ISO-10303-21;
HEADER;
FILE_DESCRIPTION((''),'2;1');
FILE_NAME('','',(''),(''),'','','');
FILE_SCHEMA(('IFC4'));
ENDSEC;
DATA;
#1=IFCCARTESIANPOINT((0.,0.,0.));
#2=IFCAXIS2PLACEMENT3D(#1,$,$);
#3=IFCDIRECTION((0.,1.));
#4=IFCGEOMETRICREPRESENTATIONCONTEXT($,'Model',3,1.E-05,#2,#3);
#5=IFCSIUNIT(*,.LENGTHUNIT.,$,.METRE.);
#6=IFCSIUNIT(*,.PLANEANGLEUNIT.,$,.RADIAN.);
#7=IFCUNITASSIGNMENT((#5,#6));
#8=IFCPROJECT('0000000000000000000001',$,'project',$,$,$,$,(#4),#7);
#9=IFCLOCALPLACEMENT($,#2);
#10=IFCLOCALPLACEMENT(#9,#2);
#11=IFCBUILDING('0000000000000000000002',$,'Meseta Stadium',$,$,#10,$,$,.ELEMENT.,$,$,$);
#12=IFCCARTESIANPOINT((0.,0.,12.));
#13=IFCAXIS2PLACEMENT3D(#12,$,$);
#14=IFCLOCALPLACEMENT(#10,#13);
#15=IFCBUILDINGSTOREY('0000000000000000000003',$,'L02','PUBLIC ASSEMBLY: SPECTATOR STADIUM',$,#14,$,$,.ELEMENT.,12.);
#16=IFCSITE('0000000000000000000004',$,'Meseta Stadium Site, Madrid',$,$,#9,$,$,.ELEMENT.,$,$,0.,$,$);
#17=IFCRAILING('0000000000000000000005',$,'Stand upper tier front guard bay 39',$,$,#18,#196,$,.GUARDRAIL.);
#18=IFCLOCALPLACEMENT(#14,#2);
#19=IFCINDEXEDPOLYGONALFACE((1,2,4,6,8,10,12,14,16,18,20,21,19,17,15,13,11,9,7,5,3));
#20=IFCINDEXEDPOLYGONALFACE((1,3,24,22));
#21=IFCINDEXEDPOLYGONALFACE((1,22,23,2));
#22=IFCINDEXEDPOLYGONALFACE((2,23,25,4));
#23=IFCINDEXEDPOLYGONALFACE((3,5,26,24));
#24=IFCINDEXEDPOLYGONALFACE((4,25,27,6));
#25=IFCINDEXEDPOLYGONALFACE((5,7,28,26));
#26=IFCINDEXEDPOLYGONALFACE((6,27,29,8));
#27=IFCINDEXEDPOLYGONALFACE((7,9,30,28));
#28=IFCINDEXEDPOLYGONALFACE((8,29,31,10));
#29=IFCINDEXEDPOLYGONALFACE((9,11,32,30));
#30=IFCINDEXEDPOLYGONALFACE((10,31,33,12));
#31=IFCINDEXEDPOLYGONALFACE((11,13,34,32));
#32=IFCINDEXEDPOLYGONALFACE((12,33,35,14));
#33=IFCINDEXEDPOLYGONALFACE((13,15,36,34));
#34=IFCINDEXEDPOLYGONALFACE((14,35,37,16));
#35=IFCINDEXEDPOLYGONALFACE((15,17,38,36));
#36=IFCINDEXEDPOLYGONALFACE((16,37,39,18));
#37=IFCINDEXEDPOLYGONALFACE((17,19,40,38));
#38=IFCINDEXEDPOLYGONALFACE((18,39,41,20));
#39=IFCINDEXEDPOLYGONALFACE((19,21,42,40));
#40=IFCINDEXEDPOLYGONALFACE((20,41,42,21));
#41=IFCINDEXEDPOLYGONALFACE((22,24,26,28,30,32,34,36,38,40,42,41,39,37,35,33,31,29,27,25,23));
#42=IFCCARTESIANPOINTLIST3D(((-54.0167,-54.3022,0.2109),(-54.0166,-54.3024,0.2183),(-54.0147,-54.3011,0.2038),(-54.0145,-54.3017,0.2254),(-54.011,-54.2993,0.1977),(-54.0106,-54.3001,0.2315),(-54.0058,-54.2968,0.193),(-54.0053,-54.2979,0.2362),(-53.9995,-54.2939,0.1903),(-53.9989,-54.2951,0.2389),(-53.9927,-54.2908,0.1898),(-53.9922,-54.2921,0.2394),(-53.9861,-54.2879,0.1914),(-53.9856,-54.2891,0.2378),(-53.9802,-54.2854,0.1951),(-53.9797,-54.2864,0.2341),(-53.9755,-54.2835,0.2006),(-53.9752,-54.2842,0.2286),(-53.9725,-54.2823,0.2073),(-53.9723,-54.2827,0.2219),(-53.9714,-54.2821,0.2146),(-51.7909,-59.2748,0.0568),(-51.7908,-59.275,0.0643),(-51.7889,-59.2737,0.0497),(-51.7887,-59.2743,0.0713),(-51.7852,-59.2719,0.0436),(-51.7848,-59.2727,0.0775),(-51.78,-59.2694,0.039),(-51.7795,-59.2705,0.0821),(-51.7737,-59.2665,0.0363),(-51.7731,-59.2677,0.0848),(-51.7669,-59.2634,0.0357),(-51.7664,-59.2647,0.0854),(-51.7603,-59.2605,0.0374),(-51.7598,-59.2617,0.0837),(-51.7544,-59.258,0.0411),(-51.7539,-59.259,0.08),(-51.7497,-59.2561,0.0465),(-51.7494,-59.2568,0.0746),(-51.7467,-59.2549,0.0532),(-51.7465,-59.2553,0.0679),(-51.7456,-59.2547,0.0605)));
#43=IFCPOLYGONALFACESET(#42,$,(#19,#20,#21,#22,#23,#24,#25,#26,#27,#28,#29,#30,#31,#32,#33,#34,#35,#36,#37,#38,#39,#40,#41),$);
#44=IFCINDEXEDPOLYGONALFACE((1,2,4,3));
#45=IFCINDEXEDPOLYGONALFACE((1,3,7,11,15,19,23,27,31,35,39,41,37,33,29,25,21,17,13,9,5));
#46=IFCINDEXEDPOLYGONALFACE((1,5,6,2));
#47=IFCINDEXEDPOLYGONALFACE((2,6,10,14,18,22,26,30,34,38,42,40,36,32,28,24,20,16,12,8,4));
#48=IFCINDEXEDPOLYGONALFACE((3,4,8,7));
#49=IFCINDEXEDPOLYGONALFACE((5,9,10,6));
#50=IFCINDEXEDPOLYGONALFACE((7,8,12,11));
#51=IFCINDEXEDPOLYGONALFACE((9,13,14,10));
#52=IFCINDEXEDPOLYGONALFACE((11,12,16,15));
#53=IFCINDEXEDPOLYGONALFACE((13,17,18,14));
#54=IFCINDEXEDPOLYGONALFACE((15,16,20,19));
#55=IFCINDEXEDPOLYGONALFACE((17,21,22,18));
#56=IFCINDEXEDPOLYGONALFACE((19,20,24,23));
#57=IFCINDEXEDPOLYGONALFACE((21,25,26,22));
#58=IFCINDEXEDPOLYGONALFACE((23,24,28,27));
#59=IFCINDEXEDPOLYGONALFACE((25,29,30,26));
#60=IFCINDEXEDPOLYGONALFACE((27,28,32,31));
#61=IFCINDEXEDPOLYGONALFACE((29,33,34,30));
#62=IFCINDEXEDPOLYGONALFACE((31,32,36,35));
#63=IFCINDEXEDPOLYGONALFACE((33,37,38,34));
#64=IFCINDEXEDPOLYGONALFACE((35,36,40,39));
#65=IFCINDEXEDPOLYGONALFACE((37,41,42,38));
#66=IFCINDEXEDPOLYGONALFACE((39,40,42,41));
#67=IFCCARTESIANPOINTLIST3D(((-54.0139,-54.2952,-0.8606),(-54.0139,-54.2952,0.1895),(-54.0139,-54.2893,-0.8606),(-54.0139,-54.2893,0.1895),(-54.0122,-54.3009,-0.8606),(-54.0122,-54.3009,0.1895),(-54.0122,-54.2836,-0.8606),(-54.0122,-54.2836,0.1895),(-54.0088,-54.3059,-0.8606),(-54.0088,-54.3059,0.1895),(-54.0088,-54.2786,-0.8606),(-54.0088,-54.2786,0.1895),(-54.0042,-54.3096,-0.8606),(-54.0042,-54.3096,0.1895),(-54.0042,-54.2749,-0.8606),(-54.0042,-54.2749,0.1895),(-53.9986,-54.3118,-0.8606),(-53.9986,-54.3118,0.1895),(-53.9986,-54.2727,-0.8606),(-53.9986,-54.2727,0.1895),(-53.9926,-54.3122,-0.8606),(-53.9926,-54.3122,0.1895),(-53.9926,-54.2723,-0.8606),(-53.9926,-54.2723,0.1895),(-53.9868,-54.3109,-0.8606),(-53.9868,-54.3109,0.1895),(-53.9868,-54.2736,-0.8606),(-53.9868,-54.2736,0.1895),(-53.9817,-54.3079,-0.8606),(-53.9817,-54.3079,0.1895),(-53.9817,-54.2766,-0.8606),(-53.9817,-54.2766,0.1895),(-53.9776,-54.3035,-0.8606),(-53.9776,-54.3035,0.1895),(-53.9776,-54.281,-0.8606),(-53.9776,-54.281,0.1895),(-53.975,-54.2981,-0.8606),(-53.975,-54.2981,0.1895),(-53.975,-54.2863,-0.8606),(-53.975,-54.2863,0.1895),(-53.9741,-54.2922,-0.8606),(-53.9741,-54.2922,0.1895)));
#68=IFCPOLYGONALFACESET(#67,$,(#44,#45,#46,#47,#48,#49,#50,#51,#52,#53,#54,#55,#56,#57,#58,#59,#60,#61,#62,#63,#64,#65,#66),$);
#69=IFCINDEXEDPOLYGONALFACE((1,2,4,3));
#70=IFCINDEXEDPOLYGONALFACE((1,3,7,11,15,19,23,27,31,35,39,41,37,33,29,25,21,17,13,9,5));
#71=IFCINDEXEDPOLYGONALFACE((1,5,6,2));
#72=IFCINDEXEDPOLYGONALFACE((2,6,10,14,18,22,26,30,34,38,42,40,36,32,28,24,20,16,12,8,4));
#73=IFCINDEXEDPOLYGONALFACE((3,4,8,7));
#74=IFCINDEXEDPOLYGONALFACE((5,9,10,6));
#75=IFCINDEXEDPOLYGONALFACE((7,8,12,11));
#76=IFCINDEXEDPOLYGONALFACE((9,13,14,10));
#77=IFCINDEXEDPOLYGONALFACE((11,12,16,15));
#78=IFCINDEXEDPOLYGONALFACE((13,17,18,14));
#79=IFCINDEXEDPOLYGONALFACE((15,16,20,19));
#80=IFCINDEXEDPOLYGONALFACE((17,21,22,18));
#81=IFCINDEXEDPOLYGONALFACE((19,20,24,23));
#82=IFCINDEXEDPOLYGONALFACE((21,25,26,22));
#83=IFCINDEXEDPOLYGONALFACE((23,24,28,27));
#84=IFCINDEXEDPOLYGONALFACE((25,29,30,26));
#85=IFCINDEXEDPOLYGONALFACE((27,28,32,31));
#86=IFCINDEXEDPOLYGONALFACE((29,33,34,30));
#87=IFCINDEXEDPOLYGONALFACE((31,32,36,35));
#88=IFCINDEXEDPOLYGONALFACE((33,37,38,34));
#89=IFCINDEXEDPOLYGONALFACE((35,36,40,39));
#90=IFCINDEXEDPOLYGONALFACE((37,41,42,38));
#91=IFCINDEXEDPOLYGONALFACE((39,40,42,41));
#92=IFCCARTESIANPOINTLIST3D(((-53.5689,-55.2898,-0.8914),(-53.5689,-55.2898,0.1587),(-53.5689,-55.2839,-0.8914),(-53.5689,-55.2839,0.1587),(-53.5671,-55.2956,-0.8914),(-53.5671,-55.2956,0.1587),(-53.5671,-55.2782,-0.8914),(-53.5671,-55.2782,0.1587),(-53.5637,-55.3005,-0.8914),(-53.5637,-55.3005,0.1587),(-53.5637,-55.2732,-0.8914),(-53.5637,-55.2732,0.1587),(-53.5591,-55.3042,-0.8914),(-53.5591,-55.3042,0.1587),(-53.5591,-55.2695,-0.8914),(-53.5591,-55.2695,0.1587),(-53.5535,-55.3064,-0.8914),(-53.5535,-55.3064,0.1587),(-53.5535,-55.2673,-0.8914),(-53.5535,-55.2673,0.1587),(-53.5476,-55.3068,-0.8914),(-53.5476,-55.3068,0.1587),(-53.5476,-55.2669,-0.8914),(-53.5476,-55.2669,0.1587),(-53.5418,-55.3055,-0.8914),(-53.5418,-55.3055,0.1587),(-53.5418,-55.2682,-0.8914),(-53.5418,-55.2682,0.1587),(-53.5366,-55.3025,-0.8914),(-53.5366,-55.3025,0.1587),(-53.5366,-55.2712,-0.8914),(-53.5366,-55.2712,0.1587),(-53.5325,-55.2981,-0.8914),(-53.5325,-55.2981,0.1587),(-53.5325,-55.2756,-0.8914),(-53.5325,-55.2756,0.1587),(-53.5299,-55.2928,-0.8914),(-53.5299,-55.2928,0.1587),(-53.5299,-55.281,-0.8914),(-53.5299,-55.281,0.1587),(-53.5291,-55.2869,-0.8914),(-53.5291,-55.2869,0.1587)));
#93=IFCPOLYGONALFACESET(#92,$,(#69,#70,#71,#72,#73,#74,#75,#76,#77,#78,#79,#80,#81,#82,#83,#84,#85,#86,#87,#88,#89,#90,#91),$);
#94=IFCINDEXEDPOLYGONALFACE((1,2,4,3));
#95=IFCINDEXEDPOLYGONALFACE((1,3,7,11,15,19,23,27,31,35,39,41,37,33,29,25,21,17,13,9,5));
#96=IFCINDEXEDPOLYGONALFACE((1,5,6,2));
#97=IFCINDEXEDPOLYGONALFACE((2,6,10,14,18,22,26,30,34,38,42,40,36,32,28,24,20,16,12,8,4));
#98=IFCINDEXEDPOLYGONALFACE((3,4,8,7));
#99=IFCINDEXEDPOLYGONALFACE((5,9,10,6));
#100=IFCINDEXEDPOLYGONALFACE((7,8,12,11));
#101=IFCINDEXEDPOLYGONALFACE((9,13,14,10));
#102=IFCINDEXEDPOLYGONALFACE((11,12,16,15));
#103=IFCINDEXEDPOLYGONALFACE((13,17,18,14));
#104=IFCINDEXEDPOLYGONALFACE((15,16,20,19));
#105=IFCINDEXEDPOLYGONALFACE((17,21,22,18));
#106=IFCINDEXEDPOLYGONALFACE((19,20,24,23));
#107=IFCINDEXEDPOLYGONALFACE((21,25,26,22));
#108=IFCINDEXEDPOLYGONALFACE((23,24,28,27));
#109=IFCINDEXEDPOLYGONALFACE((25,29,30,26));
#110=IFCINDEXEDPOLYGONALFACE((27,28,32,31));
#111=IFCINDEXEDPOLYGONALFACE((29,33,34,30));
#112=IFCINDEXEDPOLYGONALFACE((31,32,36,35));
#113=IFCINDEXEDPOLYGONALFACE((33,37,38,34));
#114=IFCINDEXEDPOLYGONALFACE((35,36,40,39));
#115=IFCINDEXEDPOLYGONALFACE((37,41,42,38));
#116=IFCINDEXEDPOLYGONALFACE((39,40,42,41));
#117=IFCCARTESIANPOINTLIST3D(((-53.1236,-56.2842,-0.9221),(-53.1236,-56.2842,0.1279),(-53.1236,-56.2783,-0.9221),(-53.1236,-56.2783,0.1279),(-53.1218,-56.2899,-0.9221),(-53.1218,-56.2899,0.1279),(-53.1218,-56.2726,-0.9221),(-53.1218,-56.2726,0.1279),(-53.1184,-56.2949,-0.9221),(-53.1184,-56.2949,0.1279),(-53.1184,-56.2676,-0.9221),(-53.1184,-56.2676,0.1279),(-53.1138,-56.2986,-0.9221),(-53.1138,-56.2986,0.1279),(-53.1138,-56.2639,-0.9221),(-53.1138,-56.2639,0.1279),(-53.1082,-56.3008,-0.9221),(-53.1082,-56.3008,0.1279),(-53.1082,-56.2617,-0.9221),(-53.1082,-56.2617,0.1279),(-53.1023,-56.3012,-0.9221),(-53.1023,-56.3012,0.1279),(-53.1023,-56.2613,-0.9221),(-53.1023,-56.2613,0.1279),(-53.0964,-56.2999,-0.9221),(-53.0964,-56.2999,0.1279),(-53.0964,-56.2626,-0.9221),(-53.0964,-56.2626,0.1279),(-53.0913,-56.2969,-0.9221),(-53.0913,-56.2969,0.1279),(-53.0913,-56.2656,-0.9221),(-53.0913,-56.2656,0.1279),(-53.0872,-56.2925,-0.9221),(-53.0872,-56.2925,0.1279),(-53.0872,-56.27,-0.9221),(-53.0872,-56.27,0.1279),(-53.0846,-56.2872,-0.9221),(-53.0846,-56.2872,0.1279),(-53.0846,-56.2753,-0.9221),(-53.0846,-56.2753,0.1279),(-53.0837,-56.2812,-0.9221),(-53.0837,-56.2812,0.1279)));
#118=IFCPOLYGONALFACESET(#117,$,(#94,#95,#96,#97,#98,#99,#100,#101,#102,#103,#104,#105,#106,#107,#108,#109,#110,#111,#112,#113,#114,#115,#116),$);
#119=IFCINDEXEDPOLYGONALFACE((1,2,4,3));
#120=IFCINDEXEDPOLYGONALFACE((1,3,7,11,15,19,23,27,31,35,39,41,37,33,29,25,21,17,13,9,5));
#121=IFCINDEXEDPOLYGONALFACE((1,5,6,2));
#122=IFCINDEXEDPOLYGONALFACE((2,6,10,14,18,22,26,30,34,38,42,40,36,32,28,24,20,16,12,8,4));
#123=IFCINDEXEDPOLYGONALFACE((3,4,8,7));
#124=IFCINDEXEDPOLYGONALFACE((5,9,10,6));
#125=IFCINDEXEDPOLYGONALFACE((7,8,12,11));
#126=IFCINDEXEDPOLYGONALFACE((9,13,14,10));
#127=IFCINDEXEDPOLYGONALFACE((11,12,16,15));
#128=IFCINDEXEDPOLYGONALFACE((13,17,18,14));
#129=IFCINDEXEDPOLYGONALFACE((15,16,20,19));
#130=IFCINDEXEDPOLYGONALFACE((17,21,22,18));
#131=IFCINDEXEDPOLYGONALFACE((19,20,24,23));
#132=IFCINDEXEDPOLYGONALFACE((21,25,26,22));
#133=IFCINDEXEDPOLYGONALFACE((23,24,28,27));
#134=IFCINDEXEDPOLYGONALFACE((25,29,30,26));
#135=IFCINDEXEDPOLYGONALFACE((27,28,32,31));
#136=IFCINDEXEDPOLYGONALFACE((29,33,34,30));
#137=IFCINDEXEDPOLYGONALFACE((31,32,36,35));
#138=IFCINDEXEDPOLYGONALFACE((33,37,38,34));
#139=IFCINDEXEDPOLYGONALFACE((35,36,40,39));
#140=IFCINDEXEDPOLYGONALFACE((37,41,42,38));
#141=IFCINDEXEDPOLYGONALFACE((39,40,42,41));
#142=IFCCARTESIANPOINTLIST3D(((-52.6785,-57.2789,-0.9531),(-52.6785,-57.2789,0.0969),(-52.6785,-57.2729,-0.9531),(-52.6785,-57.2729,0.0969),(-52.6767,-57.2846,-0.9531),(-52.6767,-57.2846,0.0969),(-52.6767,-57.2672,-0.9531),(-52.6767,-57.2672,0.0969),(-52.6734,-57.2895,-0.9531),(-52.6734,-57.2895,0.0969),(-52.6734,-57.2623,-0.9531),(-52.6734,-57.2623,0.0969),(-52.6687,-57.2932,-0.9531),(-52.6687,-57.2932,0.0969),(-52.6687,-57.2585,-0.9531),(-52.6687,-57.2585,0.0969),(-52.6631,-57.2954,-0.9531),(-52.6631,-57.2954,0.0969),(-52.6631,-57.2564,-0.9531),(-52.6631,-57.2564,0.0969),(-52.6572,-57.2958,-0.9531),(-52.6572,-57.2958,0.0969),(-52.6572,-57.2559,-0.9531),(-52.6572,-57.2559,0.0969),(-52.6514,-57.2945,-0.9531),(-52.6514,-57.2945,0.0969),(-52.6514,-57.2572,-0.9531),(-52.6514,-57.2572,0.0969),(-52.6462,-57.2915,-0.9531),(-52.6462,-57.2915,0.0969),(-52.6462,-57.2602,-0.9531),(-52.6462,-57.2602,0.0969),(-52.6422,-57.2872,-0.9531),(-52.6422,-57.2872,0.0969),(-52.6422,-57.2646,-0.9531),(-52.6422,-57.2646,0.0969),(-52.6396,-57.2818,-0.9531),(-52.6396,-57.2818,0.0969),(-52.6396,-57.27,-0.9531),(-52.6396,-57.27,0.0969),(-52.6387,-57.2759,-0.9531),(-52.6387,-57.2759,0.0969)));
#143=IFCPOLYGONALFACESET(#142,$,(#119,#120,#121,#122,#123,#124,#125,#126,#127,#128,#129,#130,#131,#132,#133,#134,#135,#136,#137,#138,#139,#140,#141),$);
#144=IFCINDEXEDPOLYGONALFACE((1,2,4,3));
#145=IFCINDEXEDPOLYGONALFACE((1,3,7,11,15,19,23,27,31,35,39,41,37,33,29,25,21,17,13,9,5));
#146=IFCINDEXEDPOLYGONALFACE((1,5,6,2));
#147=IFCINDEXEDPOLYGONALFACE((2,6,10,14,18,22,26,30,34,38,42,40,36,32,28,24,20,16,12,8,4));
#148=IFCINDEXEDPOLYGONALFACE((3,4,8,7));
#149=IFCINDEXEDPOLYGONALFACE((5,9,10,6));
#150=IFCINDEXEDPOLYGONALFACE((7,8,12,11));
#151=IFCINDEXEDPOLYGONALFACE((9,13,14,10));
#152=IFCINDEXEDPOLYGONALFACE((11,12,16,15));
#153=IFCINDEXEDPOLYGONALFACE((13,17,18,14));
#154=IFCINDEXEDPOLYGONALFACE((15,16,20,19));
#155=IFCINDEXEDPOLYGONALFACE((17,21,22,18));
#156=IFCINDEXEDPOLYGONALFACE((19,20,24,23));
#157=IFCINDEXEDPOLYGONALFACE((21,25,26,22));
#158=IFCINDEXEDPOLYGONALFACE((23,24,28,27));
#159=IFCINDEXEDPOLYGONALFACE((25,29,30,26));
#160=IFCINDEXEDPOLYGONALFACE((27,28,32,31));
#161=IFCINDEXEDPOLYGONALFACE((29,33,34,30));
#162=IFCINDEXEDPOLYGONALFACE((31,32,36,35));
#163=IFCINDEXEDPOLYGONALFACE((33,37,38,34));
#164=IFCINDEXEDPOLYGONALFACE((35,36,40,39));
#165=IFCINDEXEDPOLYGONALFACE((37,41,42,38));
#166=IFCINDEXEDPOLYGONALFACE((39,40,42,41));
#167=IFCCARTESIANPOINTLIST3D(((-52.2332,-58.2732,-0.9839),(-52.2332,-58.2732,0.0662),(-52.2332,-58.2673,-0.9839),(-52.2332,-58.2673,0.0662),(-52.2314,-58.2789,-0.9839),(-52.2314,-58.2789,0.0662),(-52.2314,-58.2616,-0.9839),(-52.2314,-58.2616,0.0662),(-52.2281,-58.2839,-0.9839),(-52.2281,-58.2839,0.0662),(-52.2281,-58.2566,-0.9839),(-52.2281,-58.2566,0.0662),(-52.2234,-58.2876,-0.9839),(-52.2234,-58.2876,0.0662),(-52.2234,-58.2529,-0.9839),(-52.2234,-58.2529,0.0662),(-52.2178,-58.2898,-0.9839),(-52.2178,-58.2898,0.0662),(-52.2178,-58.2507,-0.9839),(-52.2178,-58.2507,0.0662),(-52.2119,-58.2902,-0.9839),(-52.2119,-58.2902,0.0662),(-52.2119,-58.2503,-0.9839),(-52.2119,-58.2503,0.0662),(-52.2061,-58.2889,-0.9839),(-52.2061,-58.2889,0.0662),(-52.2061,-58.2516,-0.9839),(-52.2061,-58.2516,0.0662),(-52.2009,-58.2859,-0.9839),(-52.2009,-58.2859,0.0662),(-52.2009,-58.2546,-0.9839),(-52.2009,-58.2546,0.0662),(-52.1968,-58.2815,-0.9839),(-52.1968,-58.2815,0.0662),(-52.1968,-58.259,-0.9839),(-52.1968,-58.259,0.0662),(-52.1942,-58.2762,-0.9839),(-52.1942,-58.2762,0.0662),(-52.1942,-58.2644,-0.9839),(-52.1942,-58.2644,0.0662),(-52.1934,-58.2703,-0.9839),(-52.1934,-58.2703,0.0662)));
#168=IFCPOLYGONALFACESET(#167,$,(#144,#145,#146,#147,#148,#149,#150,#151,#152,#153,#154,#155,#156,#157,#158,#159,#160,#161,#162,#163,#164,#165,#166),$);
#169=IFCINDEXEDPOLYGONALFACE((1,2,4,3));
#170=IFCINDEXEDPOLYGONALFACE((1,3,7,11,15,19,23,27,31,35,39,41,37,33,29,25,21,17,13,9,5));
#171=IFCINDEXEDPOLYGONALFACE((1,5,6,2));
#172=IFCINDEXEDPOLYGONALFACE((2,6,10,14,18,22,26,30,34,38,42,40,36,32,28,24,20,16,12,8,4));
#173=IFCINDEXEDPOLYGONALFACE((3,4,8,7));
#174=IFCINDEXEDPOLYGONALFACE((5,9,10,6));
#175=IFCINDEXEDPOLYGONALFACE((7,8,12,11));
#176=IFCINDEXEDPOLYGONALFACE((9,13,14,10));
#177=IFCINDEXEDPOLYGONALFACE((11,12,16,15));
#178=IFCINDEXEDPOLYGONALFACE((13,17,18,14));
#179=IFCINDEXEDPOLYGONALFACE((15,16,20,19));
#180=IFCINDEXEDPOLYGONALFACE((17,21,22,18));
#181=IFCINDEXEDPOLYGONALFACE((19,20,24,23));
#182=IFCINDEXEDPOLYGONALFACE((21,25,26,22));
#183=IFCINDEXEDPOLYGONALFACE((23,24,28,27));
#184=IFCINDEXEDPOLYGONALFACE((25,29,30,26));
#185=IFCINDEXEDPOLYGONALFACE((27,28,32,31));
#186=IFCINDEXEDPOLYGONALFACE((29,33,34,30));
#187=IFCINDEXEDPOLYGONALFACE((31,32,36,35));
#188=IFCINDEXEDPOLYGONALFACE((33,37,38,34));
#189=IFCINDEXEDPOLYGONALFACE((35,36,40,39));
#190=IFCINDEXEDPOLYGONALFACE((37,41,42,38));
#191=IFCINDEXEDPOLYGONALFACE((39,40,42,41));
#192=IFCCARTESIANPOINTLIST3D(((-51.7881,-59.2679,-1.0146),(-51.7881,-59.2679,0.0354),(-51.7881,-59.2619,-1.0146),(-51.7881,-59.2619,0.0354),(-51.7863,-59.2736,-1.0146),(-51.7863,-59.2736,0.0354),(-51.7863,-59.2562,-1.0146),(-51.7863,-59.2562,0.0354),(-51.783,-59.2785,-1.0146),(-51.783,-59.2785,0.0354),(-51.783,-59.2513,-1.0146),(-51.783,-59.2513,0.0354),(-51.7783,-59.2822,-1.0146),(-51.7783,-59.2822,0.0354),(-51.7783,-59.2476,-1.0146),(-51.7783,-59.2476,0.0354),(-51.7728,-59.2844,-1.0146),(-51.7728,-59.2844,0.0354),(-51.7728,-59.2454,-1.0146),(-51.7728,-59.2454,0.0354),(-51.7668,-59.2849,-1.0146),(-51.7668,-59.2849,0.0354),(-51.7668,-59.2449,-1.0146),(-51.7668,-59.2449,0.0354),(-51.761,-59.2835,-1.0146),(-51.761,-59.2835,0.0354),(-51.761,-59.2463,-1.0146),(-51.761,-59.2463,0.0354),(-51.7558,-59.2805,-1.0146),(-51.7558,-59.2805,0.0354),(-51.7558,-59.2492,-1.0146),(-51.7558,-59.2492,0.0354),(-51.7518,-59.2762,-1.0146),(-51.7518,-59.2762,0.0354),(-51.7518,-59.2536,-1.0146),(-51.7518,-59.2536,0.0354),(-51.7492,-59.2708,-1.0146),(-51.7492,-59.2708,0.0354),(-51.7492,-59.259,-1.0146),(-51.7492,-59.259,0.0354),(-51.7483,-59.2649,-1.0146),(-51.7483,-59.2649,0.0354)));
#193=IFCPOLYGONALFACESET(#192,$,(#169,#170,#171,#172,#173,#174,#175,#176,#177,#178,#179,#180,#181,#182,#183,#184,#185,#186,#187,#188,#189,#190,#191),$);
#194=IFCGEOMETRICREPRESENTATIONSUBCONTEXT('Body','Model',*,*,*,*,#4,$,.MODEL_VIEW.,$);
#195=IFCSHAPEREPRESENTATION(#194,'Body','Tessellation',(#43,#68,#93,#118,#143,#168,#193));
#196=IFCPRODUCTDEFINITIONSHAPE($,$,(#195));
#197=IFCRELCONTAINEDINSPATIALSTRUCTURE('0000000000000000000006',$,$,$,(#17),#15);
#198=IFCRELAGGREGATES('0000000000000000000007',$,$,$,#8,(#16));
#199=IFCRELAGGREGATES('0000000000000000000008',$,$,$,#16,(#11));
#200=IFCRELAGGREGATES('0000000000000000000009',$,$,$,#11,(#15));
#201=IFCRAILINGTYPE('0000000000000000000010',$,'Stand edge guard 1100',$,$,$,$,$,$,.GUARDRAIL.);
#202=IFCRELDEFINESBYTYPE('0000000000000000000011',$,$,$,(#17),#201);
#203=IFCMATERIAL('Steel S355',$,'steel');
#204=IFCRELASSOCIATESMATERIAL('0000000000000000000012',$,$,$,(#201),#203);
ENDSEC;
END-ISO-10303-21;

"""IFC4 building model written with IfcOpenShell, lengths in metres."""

from ifc_helpers import new_model, si_unit, direction, frame, origin, origin_2d, place, context, subcontext, project, spatial, circle, extrude, material, type_object, element, save


model = new_model("IFC4")

# Units and contexts
model_context = context("Model", 3, precision=1e-05, world=origin(), true_north=direction((0.0, 1.0)))
body_context = subcontext(model_context, "Body", "Model", "MODEL_VIEW")
ifc_project = project(units=[si_unit("LENGTHUNIT", "METRE"), si_unit("PLANEANGLEUNIT", "RADIAN")], contexts=[model_context])

# Site, building, storey
site_placement = place(None, origin())
site = spatial("IfcSite", under=ifc_project, at=site_placement, Name="Meseta Stadium Site, Madrid", CompositionType="ELEMENT", RefElevation=0.0)
building_placement = place(site_placement, origin())
building = spatial("IfcBuilding", under=site, at=building_placement, Name="Meseta Stadium", CompositionType="ELEMENT")
storey_placement = place(building_placement, frame((0.0, 0.0, 12.0)))
storey = spatial("IfcBuildingStorey", under=building, at=storey_placement, Name="L02", Description="PUBLIC ASSEMBLY: SPECTATOR STADIUM", CompositionType="ELEMENT", Elevation=12.0)

# Railing
ifc_material_1 = material(Name="Steel S355", Category="steel")
railing_type = type_object("IfcRailingType", Name="Stand edge guard 1100", PredefinedType="GUARDRAIL", material=ifc_material_1)
railing_1_placement = place(storey_placement, frame((-53.9941, -54.2922, -0.8606)))
element("IfcRailing", 1, at=railing_1_placement, inside=storey, type_object=railing_type, Name="Stand upper tier front guard bay 39", PredefinedType="GUARDRAIL", context=body_context, shape_type="SweptSolid", body=[
    extrude(circle(Radius=0.0249, at=origin_2d()), frame((0.0, 0.0, 1.0752), z_axis=(0.40839, -0.91237, -0.028265), x_axis=(0.912735, 0.408553, 0.0)), (0.0, 0.0, 1.0), 5.4502),
    extrude(circle(Radius=0.02, at=origin_2d()), origin(), (0.0, 0.0, 1.0), 1.05),
    extrude(circle(Radius=0.02, at=origin_2d()), frame((0.4451, -0.9946, -0.0308)), (0.0, 0.0, 1.0), 1.05),
    extrude(circle(Radius=0.02, at=origin_2d()), frame((0.8904, -1.989, -0.0615)), (0.0, 0.0, 1.0), 1.05),
    extrude(circle(Radius=0.02, at=origin_2d()), frame((1.3354, -2.9836, -0.0925)), (0.0, 0.0, 1.0), 1.05),
    extrude(circle(Radius=0.02, at=origin_2d()), frame((1.7808, -3.978, -0.1233)), (0.0, 0.0, 1.0), 1.05),
    extrude(circle(Radius=0.02, at=origin_2d()), frame((2.2258, -4.9727, -0.1541)), (0.0, 0.0, 1.0), 1.05),
])

save(model, "model.ifc")
